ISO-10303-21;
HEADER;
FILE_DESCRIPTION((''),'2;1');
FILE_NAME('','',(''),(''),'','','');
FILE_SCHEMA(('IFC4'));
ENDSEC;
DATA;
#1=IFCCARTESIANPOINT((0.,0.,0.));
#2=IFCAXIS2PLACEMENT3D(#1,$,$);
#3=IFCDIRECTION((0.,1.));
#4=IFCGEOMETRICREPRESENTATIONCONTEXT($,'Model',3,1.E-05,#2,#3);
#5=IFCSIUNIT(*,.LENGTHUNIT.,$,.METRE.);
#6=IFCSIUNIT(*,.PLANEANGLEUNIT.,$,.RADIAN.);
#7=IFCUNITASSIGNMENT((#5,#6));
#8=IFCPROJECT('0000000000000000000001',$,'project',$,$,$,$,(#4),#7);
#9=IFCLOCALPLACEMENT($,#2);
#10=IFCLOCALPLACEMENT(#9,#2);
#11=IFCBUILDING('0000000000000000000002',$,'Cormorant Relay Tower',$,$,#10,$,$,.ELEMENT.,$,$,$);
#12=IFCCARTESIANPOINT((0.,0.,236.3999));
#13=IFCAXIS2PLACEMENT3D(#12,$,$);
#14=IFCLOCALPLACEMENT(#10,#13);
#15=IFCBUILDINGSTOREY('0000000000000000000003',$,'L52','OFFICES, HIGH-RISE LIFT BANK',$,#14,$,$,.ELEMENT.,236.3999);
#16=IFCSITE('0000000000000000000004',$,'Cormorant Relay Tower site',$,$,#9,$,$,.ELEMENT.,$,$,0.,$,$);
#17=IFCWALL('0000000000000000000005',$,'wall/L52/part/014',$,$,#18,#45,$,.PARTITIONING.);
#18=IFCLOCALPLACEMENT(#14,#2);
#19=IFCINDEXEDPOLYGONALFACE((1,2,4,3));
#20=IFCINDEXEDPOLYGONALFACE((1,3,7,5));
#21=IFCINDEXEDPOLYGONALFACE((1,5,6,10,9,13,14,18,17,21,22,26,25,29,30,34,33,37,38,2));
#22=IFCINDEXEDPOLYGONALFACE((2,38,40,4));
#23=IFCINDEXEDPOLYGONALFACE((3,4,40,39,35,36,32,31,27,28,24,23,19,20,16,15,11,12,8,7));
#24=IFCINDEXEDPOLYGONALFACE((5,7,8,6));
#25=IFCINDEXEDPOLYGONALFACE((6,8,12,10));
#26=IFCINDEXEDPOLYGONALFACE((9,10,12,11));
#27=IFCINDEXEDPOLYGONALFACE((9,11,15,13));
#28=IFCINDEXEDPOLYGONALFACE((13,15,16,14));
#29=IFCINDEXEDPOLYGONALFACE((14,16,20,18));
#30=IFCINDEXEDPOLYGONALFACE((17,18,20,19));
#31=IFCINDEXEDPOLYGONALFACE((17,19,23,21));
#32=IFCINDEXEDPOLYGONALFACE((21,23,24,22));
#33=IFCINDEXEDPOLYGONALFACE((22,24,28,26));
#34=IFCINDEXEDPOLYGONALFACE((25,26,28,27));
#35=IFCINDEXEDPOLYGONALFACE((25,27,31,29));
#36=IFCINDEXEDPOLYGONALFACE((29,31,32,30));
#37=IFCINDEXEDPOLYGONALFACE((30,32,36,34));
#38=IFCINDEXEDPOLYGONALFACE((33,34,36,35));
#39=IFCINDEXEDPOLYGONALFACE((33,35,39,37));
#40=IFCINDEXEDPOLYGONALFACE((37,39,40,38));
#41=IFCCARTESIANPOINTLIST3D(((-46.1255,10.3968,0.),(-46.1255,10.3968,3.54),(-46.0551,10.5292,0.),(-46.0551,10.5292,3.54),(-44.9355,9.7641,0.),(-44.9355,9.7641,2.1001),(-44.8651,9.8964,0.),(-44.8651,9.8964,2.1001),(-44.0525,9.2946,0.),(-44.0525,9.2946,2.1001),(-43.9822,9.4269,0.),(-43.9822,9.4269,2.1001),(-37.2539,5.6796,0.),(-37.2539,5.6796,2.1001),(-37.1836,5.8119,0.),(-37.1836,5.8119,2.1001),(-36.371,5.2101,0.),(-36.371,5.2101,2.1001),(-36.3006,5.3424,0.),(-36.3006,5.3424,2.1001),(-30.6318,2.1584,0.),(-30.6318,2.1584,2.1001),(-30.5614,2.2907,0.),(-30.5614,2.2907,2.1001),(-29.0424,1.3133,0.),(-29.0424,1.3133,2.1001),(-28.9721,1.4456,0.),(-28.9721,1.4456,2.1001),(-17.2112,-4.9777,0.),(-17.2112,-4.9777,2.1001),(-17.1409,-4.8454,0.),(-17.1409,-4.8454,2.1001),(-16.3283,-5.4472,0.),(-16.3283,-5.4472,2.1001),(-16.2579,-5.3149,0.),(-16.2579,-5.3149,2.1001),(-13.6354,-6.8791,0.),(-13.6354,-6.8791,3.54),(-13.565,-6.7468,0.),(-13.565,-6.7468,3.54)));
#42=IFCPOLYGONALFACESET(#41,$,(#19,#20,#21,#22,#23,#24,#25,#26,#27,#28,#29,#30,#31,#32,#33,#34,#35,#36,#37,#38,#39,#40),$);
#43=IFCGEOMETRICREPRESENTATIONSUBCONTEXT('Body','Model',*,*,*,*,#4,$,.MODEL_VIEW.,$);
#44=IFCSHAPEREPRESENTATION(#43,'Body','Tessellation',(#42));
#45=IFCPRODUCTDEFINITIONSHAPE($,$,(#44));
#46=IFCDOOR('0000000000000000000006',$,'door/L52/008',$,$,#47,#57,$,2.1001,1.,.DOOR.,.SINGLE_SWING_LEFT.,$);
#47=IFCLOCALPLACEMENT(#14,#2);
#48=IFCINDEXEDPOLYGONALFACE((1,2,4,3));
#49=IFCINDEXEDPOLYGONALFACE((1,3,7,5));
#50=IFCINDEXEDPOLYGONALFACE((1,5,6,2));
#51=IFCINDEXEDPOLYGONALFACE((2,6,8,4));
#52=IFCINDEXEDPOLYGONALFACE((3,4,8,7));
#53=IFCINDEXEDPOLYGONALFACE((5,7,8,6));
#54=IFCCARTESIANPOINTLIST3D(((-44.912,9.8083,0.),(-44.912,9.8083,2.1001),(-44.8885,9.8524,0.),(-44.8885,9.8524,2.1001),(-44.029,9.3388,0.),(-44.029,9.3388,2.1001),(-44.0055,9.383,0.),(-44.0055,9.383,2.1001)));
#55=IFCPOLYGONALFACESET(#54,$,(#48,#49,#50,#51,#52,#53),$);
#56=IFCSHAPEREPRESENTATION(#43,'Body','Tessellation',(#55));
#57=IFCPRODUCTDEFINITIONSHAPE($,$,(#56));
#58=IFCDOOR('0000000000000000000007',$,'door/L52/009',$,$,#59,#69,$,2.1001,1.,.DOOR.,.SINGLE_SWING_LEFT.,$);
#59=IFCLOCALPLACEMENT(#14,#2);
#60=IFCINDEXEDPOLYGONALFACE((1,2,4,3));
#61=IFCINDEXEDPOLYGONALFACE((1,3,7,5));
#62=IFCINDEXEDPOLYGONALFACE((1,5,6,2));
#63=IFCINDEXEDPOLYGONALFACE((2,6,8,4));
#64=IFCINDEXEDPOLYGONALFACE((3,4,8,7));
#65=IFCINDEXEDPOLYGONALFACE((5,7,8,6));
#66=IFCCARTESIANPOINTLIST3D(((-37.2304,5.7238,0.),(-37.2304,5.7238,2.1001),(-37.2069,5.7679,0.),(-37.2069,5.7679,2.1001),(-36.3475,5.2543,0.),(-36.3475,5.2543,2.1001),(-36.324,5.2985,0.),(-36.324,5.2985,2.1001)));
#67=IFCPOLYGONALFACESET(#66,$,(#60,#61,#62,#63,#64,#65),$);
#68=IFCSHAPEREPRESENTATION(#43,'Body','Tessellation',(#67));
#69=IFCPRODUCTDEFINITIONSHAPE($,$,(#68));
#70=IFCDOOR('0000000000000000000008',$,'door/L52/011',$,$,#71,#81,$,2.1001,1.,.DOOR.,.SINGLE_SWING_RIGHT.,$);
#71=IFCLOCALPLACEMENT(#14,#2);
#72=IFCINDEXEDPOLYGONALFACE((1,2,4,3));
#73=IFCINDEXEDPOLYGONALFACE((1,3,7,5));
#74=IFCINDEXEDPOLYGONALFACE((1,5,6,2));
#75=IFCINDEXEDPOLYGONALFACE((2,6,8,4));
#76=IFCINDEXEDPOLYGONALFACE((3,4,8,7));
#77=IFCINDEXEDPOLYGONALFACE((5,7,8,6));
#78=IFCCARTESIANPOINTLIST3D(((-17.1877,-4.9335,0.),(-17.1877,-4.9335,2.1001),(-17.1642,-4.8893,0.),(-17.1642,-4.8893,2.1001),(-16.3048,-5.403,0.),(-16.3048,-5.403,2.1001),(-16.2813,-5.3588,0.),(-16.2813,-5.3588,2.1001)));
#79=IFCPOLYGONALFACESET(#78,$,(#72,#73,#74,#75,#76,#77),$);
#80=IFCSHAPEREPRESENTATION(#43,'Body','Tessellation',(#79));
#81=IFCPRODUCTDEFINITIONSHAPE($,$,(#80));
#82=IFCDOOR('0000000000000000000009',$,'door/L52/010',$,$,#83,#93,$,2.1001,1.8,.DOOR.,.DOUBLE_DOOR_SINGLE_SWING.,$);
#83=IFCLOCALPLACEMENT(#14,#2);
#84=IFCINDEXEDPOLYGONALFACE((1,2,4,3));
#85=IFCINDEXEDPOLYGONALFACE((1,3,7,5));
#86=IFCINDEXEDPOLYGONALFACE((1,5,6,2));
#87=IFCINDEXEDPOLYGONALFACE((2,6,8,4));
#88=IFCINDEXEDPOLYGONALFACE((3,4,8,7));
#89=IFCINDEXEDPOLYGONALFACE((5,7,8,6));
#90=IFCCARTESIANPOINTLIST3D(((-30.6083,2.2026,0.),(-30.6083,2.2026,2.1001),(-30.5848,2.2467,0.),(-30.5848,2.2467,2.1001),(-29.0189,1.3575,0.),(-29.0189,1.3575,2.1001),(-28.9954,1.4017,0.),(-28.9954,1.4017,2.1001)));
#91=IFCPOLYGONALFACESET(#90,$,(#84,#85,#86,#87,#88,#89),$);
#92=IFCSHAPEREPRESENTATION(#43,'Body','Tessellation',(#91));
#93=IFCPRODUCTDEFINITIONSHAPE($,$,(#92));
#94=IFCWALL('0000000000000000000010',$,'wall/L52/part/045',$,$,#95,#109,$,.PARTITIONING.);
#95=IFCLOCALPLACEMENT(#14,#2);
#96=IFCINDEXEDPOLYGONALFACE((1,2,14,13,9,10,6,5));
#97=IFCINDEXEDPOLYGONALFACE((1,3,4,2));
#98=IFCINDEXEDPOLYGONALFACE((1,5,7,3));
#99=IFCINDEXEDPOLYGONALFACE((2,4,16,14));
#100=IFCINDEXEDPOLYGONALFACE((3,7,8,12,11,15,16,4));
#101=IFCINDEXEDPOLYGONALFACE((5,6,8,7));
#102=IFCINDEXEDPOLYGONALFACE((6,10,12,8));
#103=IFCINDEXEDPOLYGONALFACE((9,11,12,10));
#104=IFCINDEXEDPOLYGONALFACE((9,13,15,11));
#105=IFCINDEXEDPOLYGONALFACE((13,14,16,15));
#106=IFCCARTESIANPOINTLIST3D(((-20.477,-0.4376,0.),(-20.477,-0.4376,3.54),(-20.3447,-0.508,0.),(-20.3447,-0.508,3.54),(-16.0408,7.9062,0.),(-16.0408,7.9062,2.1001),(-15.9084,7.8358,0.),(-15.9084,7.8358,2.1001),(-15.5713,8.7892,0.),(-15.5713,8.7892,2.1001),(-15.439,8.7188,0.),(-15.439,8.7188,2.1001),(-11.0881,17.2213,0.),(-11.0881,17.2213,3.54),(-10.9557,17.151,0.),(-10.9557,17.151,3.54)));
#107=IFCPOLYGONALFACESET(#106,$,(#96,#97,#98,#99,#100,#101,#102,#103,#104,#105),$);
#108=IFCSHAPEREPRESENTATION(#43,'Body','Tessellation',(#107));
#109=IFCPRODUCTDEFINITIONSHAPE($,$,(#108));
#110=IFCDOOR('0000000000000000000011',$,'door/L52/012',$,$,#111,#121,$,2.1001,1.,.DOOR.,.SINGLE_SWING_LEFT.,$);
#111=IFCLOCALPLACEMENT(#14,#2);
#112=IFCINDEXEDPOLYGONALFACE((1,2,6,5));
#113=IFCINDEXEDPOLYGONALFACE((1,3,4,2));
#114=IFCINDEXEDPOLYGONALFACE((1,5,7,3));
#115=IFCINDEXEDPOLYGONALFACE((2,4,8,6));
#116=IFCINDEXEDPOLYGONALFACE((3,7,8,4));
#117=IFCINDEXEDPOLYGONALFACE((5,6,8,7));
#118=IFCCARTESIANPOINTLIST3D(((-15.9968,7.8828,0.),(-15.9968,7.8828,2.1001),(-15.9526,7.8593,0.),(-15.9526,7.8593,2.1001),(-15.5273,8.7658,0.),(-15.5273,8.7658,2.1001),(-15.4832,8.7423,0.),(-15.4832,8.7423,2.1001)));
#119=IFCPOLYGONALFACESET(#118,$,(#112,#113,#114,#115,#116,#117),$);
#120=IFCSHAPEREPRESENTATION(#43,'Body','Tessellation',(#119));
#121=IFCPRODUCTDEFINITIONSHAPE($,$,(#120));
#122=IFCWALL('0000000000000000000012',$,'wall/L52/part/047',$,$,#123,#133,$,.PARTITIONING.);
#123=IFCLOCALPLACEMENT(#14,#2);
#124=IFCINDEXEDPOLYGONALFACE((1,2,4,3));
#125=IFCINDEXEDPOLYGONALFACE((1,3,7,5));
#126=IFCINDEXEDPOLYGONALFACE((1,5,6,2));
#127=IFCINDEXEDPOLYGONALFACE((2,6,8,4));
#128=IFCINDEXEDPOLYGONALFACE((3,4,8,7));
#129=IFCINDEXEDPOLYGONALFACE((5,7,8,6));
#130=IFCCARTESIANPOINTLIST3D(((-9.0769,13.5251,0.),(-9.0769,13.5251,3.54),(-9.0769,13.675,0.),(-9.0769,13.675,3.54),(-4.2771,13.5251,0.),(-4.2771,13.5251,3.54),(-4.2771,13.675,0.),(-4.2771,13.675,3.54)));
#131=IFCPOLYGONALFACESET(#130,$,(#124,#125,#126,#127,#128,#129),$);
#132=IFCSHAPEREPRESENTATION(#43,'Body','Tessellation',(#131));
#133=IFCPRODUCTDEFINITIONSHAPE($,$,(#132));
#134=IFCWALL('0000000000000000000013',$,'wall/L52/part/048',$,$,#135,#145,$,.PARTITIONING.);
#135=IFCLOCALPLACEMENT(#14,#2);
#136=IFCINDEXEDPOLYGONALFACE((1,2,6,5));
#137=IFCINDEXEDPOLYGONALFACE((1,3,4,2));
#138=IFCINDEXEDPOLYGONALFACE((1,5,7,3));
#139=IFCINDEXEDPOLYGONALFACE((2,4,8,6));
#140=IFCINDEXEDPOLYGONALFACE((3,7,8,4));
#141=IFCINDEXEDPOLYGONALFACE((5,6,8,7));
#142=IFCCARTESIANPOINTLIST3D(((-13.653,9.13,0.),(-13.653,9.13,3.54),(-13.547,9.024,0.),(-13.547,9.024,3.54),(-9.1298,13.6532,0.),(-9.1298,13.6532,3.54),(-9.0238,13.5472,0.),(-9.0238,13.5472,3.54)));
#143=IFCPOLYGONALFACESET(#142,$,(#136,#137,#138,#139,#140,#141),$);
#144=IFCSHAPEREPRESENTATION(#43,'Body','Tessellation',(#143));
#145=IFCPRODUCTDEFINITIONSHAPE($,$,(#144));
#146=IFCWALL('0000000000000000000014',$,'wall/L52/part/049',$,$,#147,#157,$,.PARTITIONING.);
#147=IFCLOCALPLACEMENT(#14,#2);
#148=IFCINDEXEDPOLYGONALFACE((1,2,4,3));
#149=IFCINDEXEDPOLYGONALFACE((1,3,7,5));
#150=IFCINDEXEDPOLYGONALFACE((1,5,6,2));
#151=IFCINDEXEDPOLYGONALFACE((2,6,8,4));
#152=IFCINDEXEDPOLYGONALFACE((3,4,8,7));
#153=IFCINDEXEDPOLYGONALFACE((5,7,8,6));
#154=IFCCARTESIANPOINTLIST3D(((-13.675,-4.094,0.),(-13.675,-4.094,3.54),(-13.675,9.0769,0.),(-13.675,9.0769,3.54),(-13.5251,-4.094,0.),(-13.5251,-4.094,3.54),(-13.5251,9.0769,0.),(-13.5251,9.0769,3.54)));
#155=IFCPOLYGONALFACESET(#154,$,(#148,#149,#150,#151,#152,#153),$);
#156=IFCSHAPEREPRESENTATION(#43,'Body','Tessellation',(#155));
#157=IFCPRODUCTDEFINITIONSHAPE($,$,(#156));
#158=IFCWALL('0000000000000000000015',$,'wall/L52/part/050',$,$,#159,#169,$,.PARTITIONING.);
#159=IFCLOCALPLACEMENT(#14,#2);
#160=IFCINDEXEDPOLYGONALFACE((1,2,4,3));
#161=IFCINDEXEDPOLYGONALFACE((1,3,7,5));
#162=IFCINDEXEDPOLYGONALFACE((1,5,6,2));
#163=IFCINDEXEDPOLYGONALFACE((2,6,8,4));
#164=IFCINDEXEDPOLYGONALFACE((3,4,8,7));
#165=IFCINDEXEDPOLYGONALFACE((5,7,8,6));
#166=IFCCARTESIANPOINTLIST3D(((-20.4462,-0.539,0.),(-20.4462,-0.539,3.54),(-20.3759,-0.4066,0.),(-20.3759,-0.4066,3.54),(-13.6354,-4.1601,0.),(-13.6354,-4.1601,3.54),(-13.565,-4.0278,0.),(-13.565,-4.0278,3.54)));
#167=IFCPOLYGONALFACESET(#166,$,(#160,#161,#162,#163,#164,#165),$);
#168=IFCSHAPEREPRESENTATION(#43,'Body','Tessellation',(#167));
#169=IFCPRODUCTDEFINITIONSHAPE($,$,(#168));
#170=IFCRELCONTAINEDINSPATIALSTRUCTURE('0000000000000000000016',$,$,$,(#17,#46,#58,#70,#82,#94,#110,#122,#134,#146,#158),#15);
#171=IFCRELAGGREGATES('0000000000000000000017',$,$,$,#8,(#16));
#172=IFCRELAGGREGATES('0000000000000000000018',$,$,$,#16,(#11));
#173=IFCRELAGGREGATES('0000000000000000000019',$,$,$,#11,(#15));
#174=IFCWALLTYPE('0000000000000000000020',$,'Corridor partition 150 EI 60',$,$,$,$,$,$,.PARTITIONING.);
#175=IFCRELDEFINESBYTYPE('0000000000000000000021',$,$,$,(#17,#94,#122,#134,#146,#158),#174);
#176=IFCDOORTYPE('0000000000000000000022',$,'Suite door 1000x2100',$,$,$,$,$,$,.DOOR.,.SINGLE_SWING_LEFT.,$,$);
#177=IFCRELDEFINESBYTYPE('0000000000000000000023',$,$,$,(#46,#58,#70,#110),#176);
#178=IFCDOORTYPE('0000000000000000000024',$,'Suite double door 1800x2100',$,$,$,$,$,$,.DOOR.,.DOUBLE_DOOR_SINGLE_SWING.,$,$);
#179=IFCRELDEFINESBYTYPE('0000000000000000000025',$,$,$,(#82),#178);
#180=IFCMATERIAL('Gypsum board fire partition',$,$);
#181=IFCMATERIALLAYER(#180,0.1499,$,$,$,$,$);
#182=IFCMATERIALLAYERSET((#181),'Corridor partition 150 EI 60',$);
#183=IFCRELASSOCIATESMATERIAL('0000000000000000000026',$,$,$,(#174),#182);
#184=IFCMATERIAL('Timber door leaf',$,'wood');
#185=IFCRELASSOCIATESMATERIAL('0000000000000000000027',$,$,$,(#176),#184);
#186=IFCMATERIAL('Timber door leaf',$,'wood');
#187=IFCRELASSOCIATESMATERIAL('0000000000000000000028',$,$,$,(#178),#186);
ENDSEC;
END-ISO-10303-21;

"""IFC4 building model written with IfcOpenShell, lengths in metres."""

from ifc_helpers import new_model, si_unit, direction, frame, frame_2d, origin, place, context, subcontext, project, spatial, rectangle, extrude, material, layer, layer_set, type_object, element, fill, save


model = new_model("IFC4")

# Units and contexts
model_context = context("Model", 3, precision=1e-05, world=origin(), true_north=direction((0.0, 1.0)))
body_context = subcontext(model_context, "Body", "Model", "MODEL_VIEW")
ifc_project = project(units=[si_unit("LENGTHUNIT", "METRE"), si_unit("PLANEANGLEUNIT", "RADIAN")], contexts=[model_context])

# Site, building, storey
site_placement = place(None, origin())
site = spatial("IfcSite", under=ifc_project, at=site_placement, Name="Cormorant Relay Tower site", CompositionType="ELEMENT", RefElevation=0.0)
building_placement = place(site_placement, origin())
building = spatial("IfcBuilding", under=site, at=building_placement, Name="Cormorant Relay Tower", CompositionType="ELEMENT")
storey_placement = place(building_placement, frame((0.0, 0.0, 236.3999)))
storey = spatial("IfcBuildingStorey", under=building, at=storey_placement, Name="L52", Description="OFFICES, HIGH-RISE LIFT BANK", CompositionType="ELEMENT", Elevation=236.3999)

# Wall, openings, doors
ifc_material_1 = material(Name="Gypsum board fire partition")
ifc_layer_1 = layer(ifc_material_1, 0.1499)
ifc_layer_set_1 = layer_set([ifc_layer_1], Name="Corridor partition 150 EI 60")
wall_type_1 = type_object("IfcWallType", Name="Corridor partition 150 EI 60", PredefinedType="PARTITIONING", material=ifc_layer_set_1)
wall_1_placement = place(storey_placement, frame((-13.6001, -6.813, 0.0), z_axis=(0.0, 0.0, 1.0), x_axis=(-0.88294, 0.469485, 0.0)))
wall_1 = element("IfcWall", 1, at=wall_1_placement, inside=storey, type_object=wall_type_1, Name="wall/L52/part/014", PredefinedType="PARTITIONING", context=body_context, shape_type="SweptSolid", body=[
    extrude(rectangle(XDim=36.7976, YDim=0.1499, at=frame_2d((18.3989, 0.0))), origin(), (0.0, 0.0, 1.0), 3.54),
])
opening_1_placement = place(wall_1_placement, frame((34.45, 0.0, 0.0)))
opening_1 = element("IfcOpeningElement", 2, at=opening_1_placement, cuts=wall_1, PredefinedType="OPENING", context=body_context, shape_type="SweptSolid", body=[
    extrude(rectangle(XDim=1.0, YDim=2.1001, at=frame_2d((0.5, 1.05))), frame((0.0, 0.085, 0.0), z_axis=(0.0, -1.0, 0.0), x_axis=(1.0, 0.0, 0.0)), (0.0, 0.0, 1.0), 0.1699),
])
opening_2_placement = place(wall_1_placement, frame((25.75, 0.0, 0.0)))
opening_2 = element("IfcOpeningElement", 3, at=opening_2_placement, cuts=wall_1, PredefinedType="OPENING", context=body_context, shape_type="SweptSolid", body=[
    extrude(rectangle(XDim=1.0, YDim=2.1001, at=frame_2d((0.5, 1.05))), frame((0.0, 0.085, 0.0), z_axis=(0.0, -1.0, 0.0), x_axis=(1.0, 0.0, 0.0)), (0.0, 0.0, 1.0), 0.1699),
])
opening_3_placement = place(wall_1_placement, frame((17.45, 0.0, 0.0)))
opening_3 = element("IfcOpeningElement", 4, at=opening_3_placement, cuts=wall_1, PredefinedType="OPENING", context=body_context, shape_type="SweptSolid", body=[
    extrude(rectangle(XDim=1.8, YDim=2.1001, at=frame_2d((0.8999, 1.05))), frame((0.0, 0.085, 0.0), z_axis=(0.0, -1.0, 0.0), x_axis=(1.0, 0.0, 0.0)), (0.0, 0.0, 1.0), 0.1699),
])
opening_4_placement = place(wall_1_placement, frame((3.05, 0.0, 0.0)))
opening_4 = element("IfcOpeningElement", 5, at=opening_4_placement, cuts=wall_1, PredefinedType="OPENING", context=body_context, shape_type="SweptSolid", body=[
    extrude(rectangle(XDim=1.0, YDim=2.1001, at=frame_2d((0.5, 1.05))), frame((0.0, 0.085, 0.0), z_axis=(0.0, -1.0, 0.0), x_axis=(1.0, 0.0, 0.0)), (0.0, 0.0, 1.0), 0.1699),
])
ifc_material_2 = material(Name="Timber door leaf", Category="wood")
door_type_1 = type_object("IfcDoorType", Name="Suite door 1000x2100", OperationType="SINGLE_SWING_LEFT", PredefinedType="DOOR", material=ifc_material_2)
door_1_placement = place(opening_1_placement, origin())
door_1 = element("IfcDoor", 6, at=door_1_placement, inside=storey, type_object=door_type_1, Name="door/L52/008", OperationType="SINGLE_SWING_LEFT", OverallHeight=2.1001, OverallWidth=1.0, PredefinedType="DOOR", context=body_context, shape_type="SweptSolid", body=[
    extrude(rectangle(XDim=1.0, YDim=2.1001, at=frame_2d((0.5, 1.05))), frame((0.0, 0.0249, 0.0), z_axis=(0.0, -1.0, 0.0), x_axis=(1.0, 0.0, 0.0)), (0.0, 0.0, 1.0), 0.05),
])
fill(opening_1, door_1)
door_2_placement = place(opening_2_placement, origin())
door_2 = element("IfcDoor", 7, at=door_2_placement, inside=storey, type_object=door_type_1, Name="door/L52/009", OperationType="SINGLE_SWING_LEFT", OverallHeight=2.1001, OverallWidth=1.0, PredefinedType="DOOR", context=body_context, shape_type="SweptSolid", body=[
    extrude(rectangle(XDim=1.0, YDim=2.1001, at=frame_2d((0.5, 1.05))), frame((0.0, 0.0249, 0.0), z_axis=(0.0, -1.0, 0.0), x_axis=(1.0, 0.0, 0.0)), (0.0, 0.0, 1.0), 0.05),
])
fill(opening_2, door_2)
door_3_placement = place(opening_4_placement, origin())
door_3 = element("IfcDoor", 8, at=door_3_placement, inside=storey, type_object=door_type_1, Name="door/L52/011", OperationType="SINGLE_SWING_RIGHT", OverallHeight=2.1001, OverallWidth=1.0, PredefinedType="DOOR", context=body_context, shape_type="SweptSolid", body=[
    extrude(rectangle(XDim=1.0, YDim=2.1001, at=frame_2d((0.5, 1.05))), frame((0.0, 0.0249, 0.0), z_axis=(0.0, -1.0, 0.0), x_axis=(1.0, 0.0, 0.0)), (0.0, 0.0, 1.0), 0.05),
])
fill(opening_4, door_3)
ifc_material_3 = material(Name="Timber door leaf", Category="wood")
door_type_2 = type_object("IfcDoorType", Name="Suite double door 1800x2100", OperationType="DOUBLE_DOOR_SINGLE_SWING", PredefinedType="DOOR", material=ifc_material_3)
door_4_placement = place(opening_3_placement, origin())
door_4 = element("IfcDoor", 9, at=door_4_placement, inside=storey, type_object=door_type_2, Name="door/L52/010", OperationType="DOUBLE_DOOR_SINGLE_SWING", OverallHeight=2.1001, OverallWidth=1.8, PredefinedType="DOOR", context=body_context, shape_type="SweptSolid", body=[
    extrude(rectangle(XDim=1.8, YDim=2.1001, at=frame_2d((0.8999, 1.05))), frame((0.0, 0.0249, 0.0), z_axis=(0.0, -1.0, 0.0), x_axis=(1.0, 0.0, 0.0)), (0.0, 0.0, 1.0), 0.05),
])
fill(opening_3, door_4)

# Wall, opening, door
wall_2_placement = place(storey_placement, frame((-20.4109, -0.4729, 0.0), z_axis=(0.0, 0.0, 1.0), x_axis=(0.469452, 0.882958, 0.0)))
wall_2 = element("IfcWall", 10, at=wall_2_placement, inside=storey, type_object=wall_type_1, Name="wall/L52/part/045", PredefinedType="PARTITIONING", context=body_context, shape_type="SweptSolid", body=[
    extrude(rectangle(XDim=19.9998, YDim=0.1499, at=frame_2d((10.0, 0.0))), origin(), (0.0, 0.0, 1.0), 3.54),
])
opening_5_placement = place(wall_2_placement, frame((9.45, 0.0, 0.0)))
opening_5 = element("IfcOpeningElement", 11, at=opening_5_placement, cuts=wall_2, PredefinedType="OPENING", context=body_context, shape_type="SweptSolid", body=[
    extrude(rectangle(XDim=1.0, YDim=2.1001, at=frame_2d((0.5, 1.05))), frame((0.0, 0.085, 0.0), z_axis=(0.0, -1.0, 0.0), x_axis=(1.0, 0.0, 0.0)), (0.0, 0.0, 1.0), 0.1699),
])
door_5_placement = place(opening_5_placement, frame((1.0, 0.0, 0.0), z_axis=(0.0, 0.0, 1.0), x_axis=(-1.0, 0.0, 0.0)))
door_5 = element("IfcDoor", 12, at=door_5_placement, inside=storey, type_object=door_type_1, Name="door/L52/012", OperationType="SINGLE_SWING_LEFT", OverallHeight=2.1001, OverallWidth=1.0, PredefinedType="DOOR", context=body_context, shape_type="SweptSolid", body=[
    extrude(rectangle(XDim=1.0, YDim=2.1001, at=frame_2d((0.5, 1.05))), frame((0.0, 0.0249, 0.0), z_axis=(0.0, -1.0, 0.0), x_axis=(1.0, 0.0, 0.0)), (0.0, 0.0, 1.0), 0.05),
])
fill(opening_5, door_5)

# Walls
wall_3_placement = place(storey_placement, frame((-4.2771, 13.6001, 0.0), z_axis=(0.0, 0.0, 1.0), x_axis=(-1.0, 0.0, 0.0)))
element("IfcWall", 13, at=wall_3_placement, inside=storey, type_object=wall_type_1, Name="wall/L52/part/047", PredefinedType="PARTITIONING", context=body_context, shape_type="SweptSolid", body=[
    extrude(rectangle(XDim=4.7998, YDim=0.1499, at=frame_2d((2.3999, 0.0))), origin(), (0.0, 0.0, 1.0), 3.54),
])
wall_4_placement = place(storey_placement, frame((-9.0769, 13.6001, 0.0), z_axis=(0.0, 0.0, 1.0), x_axis=(-0.707107, -0.707107, 0.0)))
element("IfcWall", 14, at=wall_4_placement, inside=storey, type_object=wall_type_1, Name="wall/L52/part/048", PredefinedType="PARTITIONING", context=body_context, shape_type="SweptSolid", body=[
    extrude(rectangle(XDim=6.3967, YDim=0.1499, at=frame_2d((3.1982, 0.0))), origin(), (0.0, 0.0, 1.0), 3.54),
])
wall_5_placement = place(storey_placement, frame((-13.6001, 9.0769, 0.0), z_axis=(0.0, 0.0, 1.0), x_axis=(0.0, -1.0, 0.0)))
element("IfcWall", 15, at=wall_5_placement, inside=storey, type_object=wall_type_1, Name="wall/L52/part/049", PredefinedType="PARTITIONING", context=body_context, shape_type="SweptSolid", body=[
    extrude(rectangle(XDim=13.1709, YDim=0.1499, at=frame_2d((6.5854, 0.0))), origin(), (0.0, 0.0, 1.0), 3.54),
])
wall_6_placement = place(storey_placement, frame((-13.6001, -4.094, 0.0), z_axis=(0.0, 0.0, 1.0), x_axis=(-0.882962, 0.469444, 0.0)))
element("IfcWall", 16, at=wall_6_placement, inside=storey, type_object=wall_type_1, Name="wall/L52/part/050", PredefinedType="PARTITIONING", context=body_context, shape_type="SweptSolid", body=[
    extrude(rectangle(XDim=7.7136, YDim=0.1499, at=frame_2d((3.8569, 0.0))), origin(), (0.0, 0.0, 1.0), 3.54),
])

save(model, "model.ifc")
